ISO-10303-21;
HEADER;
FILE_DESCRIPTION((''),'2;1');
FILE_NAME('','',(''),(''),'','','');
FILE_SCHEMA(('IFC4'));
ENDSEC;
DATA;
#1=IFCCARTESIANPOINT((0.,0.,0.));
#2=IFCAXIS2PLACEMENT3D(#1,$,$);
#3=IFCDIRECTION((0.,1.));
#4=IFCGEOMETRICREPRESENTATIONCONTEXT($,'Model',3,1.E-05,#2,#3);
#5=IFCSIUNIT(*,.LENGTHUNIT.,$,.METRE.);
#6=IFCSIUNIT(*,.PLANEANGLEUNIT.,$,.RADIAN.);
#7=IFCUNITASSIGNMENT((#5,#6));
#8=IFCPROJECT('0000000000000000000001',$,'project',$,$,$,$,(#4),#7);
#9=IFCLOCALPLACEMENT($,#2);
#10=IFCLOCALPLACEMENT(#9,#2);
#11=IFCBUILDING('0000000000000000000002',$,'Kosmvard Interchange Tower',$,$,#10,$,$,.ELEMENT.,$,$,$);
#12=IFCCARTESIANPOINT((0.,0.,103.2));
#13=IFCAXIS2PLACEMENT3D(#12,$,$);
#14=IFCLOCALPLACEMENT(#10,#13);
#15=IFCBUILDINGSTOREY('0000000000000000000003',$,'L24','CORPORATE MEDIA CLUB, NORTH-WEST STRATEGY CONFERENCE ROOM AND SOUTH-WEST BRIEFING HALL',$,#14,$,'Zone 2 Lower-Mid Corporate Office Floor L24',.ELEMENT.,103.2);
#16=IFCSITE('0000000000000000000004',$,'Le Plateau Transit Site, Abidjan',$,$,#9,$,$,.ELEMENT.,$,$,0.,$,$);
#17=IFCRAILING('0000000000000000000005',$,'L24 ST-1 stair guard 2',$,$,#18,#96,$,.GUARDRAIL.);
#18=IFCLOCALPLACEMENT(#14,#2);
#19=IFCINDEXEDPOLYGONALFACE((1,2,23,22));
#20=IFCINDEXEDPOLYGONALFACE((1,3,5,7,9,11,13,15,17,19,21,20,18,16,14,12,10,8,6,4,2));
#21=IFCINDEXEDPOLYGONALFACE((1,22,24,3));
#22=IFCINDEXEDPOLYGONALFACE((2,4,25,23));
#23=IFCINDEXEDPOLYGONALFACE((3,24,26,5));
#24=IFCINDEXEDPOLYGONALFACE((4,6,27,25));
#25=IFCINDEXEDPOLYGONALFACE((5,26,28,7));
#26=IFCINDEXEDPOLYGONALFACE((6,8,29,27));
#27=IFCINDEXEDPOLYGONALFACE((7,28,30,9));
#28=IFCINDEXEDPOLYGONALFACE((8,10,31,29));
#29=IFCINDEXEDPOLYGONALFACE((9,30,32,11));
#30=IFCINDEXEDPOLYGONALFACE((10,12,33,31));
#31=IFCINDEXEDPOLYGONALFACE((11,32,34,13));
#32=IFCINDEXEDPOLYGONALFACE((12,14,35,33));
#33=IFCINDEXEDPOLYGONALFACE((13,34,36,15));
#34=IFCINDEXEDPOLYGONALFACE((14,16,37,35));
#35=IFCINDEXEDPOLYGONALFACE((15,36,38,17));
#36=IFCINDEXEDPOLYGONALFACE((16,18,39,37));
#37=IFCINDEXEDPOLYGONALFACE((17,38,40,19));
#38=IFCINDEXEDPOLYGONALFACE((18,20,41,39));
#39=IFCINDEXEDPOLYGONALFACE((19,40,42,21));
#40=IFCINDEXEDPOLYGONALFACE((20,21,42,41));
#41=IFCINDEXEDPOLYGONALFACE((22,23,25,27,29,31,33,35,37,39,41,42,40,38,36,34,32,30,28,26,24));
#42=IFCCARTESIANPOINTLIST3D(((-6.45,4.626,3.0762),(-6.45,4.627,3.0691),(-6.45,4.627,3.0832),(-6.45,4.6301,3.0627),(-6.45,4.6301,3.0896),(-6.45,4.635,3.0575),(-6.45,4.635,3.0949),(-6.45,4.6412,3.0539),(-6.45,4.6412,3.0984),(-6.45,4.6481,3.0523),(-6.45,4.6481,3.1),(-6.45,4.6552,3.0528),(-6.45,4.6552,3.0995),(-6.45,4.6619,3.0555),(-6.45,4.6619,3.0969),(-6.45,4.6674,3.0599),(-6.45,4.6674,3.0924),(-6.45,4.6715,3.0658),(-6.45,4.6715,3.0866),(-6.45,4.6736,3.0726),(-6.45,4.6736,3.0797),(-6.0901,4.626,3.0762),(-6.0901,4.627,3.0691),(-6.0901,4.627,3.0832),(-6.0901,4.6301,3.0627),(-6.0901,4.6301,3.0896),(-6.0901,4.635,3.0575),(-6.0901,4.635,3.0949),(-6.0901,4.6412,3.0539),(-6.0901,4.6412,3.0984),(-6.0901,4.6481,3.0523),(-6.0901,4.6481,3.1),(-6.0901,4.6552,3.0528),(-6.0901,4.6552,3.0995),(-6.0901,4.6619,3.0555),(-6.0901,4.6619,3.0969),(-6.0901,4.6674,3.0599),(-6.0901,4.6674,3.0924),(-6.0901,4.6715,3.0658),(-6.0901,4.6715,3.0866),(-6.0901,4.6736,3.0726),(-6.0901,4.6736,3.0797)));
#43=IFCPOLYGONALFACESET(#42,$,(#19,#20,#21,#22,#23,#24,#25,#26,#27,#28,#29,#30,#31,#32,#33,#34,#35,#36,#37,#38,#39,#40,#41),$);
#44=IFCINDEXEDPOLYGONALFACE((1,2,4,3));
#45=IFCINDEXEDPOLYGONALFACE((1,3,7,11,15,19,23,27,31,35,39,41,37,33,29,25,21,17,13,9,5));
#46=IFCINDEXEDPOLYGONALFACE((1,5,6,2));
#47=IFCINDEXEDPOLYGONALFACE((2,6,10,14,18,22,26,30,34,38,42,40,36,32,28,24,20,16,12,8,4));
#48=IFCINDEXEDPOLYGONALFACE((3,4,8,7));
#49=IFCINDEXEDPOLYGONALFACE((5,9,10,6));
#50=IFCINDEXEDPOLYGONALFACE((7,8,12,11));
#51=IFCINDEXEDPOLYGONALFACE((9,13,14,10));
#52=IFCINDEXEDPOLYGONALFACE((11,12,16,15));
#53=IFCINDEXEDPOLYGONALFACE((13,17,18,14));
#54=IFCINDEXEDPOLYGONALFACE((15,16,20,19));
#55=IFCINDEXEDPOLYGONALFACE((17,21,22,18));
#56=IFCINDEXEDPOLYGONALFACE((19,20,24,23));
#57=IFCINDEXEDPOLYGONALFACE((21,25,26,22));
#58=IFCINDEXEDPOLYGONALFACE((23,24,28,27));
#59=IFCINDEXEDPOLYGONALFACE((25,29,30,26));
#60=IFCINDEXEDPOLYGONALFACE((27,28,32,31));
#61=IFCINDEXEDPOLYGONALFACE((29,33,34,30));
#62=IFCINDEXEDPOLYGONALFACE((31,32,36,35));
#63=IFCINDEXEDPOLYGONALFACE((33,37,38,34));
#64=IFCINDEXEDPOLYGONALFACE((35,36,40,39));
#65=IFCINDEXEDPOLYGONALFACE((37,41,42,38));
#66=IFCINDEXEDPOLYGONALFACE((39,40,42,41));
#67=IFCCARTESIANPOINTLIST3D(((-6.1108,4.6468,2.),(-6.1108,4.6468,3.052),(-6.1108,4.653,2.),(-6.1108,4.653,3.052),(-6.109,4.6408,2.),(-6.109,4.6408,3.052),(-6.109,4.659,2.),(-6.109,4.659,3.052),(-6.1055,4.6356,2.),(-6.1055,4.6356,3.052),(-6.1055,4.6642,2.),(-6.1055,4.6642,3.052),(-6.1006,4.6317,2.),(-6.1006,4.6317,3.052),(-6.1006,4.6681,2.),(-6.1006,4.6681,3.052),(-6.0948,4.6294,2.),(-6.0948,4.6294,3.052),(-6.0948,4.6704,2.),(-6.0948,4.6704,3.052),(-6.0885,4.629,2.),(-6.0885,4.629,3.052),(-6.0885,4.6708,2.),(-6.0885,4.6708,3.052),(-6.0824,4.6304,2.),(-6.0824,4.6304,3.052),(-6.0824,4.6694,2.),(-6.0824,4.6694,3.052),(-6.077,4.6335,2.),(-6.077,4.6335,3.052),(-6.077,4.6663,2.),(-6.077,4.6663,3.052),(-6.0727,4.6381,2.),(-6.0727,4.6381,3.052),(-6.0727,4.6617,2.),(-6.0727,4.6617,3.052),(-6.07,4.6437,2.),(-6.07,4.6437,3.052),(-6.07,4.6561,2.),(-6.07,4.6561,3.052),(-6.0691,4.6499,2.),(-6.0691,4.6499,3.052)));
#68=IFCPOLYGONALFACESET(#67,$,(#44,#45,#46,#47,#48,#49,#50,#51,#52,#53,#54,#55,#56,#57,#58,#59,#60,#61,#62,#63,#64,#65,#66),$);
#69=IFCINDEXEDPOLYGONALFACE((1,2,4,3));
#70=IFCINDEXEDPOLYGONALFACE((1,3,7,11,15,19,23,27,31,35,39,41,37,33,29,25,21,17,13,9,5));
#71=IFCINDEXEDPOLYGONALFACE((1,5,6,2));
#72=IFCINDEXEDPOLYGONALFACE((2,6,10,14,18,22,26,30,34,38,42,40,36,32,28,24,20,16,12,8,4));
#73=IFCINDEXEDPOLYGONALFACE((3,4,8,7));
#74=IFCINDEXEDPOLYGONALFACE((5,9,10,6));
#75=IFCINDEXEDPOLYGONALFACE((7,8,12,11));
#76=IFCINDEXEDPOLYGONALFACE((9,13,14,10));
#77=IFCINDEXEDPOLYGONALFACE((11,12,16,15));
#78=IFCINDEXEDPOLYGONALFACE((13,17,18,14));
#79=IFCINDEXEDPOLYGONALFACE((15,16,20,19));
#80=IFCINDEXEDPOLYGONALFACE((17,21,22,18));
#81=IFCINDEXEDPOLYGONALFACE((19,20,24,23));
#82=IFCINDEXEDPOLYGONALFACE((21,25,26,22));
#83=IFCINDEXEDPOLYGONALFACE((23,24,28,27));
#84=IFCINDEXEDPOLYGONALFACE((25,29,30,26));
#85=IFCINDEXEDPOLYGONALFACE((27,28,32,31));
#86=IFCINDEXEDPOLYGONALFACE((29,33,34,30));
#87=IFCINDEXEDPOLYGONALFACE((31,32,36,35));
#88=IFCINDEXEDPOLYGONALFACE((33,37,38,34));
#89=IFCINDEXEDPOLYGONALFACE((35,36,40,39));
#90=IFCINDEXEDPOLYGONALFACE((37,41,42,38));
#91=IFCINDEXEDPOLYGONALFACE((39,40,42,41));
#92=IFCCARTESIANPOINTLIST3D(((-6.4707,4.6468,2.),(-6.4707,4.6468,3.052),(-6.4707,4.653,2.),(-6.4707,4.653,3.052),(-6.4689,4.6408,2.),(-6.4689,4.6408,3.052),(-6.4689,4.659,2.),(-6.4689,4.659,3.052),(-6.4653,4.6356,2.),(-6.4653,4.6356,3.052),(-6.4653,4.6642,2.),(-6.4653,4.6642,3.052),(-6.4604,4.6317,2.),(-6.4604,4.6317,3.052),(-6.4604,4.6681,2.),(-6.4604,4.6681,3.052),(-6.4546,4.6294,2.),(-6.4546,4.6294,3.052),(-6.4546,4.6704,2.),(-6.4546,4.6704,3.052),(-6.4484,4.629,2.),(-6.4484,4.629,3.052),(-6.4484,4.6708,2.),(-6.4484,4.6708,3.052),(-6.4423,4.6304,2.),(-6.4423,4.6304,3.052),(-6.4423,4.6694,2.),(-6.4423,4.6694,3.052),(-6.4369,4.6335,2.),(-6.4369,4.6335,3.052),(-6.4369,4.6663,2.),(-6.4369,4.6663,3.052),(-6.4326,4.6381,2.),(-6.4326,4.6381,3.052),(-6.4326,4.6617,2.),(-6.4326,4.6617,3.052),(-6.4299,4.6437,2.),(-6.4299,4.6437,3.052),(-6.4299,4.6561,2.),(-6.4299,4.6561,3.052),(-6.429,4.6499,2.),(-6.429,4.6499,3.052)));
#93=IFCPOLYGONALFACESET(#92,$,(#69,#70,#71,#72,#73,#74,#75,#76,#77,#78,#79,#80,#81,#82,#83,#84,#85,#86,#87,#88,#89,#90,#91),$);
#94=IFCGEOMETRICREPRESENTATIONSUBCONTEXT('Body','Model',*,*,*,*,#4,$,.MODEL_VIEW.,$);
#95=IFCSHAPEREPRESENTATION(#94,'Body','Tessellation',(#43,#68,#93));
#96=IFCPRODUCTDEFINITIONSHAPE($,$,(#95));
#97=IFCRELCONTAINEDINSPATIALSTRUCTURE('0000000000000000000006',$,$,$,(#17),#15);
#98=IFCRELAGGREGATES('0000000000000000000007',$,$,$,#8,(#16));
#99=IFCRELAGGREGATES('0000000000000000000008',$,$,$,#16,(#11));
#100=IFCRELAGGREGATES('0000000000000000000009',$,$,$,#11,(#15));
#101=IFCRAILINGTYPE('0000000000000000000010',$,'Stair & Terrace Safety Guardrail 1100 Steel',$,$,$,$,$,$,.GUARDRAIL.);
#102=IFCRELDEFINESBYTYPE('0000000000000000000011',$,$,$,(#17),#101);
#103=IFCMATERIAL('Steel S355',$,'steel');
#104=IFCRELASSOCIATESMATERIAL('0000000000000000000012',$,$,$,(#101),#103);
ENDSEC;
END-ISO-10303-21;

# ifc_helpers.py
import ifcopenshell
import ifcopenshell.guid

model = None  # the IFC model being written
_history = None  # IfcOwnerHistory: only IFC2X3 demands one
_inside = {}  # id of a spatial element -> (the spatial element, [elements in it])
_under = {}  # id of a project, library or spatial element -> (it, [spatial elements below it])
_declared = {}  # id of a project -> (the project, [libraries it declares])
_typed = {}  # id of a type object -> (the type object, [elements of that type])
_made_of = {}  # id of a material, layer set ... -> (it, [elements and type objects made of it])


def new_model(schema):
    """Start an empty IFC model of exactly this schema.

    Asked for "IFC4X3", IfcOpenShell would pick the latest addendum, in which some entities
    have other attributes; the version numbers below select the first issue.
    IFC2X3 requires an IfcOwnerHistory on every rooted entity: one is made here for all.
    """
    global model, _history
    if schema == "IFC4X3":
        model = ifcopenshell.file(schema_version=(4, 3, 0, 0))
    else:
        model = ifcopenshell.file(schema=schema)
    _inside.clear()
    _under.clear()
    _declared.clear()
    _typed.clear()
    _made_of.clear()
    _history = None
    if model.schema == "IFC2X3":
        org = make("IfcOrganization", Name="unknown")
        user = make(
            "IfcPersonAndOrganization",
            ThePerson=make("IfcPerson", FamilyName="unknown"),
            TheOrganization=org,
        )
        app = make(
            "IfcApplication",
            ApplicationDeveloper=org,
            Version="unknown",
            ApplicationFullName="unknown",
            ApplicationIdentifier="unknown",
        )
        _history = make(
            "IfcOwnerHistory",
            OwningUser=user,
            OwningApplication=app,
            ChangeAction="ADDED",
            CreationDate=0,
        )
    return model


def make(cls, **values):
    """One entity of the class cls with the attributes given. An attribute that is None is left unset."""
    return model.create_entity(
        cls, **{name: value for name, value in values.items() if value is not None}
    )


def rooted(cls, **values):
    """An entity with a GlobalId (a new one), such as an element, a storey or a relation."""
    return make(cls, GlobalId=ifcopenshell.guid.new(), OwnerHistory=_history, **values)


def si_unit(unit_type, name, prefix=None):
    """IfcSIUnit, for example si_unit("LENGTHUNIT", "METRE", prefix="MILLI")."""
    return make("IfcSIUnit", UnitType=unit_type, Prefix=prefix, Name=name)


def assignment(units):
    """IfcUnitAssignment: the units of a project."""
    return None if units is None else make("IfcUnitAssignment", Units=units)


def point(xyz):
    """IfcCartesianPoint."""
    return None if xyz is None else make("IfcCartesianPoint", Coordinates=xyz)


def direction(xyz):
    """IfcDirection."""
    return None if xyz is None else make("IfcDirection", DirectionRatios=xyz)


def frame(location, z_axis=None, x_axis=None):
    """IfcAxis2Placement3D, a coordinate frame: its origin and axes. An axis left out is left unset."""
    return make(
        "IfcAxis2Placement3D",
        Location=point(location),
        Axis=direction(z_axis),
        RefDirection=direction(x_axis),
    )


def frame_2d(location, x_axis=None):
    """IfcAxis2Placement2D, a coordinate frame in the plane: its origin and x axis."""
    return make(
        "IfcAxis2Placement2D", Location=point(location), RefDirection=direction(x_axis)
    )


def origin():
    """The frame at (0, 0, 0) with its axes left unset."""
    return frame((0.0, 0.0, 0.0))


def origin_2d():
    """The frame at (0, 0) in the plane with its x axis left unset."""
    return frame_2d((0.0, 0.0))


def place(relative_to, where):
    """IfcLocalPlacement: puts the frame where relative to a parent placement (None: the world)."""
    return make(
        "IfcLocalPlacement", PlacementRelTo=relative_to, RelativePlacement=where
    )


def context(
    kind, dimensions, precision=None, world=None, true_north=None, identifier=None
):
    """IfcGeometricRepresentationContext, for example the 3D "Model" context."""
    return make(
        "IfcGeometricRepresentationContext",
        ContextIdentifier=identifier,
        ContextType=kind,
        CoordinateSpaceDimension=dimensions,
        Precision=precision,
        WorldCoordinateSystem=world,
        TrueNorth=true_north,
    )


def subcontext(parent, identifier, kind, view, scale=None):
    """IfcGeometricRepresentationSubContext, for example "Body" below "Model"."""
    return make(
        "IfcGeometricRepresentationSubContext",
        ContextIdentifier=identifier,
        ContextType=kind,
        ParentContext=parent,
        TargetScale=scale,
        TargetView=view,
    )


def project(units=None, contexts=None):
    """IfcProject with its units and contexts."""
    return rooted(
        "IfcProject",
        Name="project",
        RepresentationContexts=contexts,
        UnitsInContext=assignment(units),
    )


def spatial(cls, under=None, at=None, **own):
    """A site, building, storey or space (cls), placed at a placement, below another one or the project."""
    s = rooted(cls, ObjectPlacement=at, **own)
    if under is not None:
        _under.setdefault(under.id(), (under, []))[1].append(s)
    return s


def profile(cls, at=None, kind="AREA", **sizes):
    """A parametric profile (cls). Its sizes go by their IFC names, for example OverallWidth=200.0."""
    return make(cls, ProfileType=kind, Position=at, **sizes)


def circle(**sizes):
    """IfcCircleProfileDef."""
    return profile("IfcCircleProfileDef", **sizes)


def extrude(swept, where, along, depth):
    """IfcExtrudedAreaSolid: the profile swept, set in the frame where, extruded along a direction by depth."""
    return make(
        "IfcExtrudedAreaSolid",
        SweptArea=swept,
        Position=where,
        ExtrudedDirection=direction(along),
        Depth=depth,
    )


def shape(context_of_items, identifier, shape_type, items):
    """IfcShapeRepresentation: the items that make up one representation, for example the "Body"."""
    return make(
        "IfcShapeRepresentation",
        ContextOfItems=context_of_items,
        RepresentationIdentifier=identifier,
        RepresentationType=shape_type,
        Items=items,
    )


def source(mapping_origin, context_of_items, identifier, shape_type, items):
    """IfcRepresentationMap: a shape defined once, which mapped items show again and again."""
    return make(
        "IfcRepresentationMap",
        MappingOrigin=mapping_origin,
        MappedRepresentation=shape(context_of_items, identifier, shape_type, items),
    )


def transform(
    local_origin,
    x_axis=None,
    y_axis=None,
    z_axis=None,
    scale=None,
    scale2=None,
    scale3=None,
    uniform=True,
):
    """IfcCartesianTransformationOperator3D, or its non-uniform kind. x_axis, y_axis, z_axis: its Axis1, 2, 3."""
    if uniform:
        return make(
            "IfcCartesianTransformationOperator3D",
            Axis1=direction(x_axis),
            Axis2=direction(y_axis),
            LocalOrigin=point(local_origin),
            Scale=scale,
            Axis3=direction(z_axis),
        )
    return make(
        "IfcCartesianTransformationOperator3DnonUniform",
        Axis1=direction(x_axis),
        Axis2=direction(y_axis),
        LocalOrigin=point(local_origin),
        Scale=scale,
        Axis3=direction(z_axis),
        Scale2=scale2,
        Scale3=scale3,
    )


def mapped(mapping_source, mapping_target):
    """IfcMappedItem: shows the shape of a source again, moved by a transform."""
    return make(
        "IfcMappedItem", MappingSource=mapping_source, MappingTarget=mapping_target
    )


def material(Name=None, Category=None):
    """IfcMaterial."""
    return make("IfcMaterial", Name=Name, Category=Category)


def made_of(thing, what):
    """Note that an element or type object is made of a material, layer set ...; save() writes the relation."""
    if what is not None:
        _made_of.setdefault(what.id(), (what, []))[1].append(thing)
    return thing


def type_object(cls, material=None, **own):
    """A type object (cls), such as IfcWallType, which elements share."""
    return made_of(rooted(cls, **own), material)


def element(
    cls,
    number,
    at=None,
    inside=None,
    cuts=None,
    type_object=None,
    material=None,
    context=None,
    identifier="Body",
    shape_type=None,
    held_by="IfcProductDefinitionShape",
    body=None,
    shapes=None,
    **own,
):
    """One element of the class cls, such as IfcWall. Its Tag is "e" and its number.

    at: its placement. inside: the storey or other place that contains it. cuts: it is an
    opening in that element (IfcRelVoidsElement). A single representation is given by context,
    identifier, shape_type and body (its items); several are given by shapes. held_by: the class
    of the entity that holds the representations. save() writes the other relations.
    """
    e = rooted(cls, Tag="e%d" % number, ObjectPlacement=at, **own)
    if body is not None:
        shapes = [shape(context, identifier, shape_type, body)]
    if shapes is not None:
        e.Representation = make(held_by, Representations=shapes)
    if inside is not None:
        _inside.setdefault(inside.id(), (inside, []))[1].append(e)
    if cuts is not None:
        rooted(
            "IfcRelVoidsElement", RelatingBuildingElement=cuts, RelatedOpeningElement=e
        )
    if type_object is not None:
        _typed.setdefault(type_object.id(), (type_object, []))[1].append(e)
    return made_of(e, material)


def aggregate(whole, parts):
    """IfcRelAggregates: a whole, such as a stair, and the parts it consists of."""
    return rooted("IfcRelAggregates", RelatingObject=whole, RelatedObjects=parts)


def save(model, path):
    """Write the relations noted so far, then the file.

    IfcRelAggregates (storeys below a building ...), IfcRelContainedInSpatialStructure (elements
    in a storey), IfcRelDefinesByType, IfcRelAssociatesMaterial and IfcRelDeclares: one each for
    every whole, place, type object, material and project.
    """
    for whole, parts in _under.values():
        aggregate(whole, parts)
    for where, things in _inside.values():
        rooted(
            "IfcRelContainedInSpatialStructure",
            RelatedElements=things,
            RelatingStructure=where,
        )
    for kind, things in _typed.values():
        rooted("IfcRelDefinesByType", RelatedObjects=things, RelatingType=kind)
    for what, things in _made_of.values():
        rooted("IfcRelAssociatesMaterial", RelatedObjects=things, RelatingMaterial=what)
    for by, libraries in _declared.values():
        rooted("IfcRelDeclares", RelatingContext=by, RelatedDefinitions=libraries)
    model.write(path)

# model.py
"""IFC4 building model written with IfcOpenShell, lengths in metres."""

from ifc_helpers import new_model, si_unit, direction, frame, origin, origin_2d, place, context, subcontext, project, spatial, circle, extrude, source, transform, mapped, material, type_object, element, save


model = new_model("IFC4")

# Units and contexts
model_context = context("Model", 3, precision=1e-05, world=origin(), true_north=direction((0.0, 1.0)))
body_context = subcontext(model_context, "Body", "Model", "MODEL_VIEW")
ifc_project = project(units=[si_unit("LENGTHUNIT", "METRE"), si_unit("PLANEANGLEUNIT", "RADIAN")], contexts=[model_context])

# Site, building, storey
site_placement = place(None, origin())
site = spatial("IfcSite", under=ifc_project, at=site_placement, Name="Le Plateau Transit Site, Abidjan", CompositionType="ELEMENT", RefElevation=0.0)
building_placement = place(site_placement, origin())
building = spatial("IfcBuilding", under=site, at=building_placement, Name="Kosmvard Interchange Tower", CompositionType="ELEMENT")
storey_placement = place(building_placement, frame((0.0, 0.0, 103.2)))
storey = spatial("IfcBuildingStorey", under=building, at=storey_placement, Name="L24", Description="CORPORATE MEDIA CLUB, NORTH-WEST STRATEGY CONFERENCE ROOM AND SOUTH-WEST BRIEFING HALL", LongName="Zone 2 Lower-Mid Corporate Office Floor L24", CompositionType="ELEMENT", Elevation=103.2)

# Shared definitions
ifc_material_1 = material(Name="Steel S355", Category="steel")

# Railing
railing_type_1 = type_object("IfcRailingType", Name="Stair & Terrace Safety Guardrail 1100 Steel", PredefinedType="GUARDRAIL", material=ifc_material_1)
shared_shape_1 = source(origin(), body_context, "Body", "SweptSolid", [
    extrude(circle(Radius=0.0239, at=origin_2d()), frame((0.0, 0.0, 1.0762), z_axis=(-1.0, 0.0, 0.0), x_axis=(0.0, -1.0, 0.0)), (0.0, 0.0, 1.0), 0.3599),
    extrude(circle(Radius=0.021, at=origin_2d()), origin(), (0.0, 0.0, 1.0), 1.052),
    extrude(circle(Radius=0.021, at=origin_2d()), frame((-0.3599, 0.0, 0.0)), (0.0, 0.0, 1.0), 1.052),
])
railing_1_placement = place(storey_placement, frame((-6.0901, 4.6499, 2.0)))
element("IfcRailing", 1, at=railing_1_placement, inside=storey, type_object=railing_type_1, Name="L24 ST-1 stair guard 2", PredefinedType="GUARDRAIL", context=body_context, shape_type="MappedRepresentation", body=[
    mapped(shared_shape_1, transform((0.0, 0.0, 0.0), scale=1.0)),
])

save(model, "model.ifc")
